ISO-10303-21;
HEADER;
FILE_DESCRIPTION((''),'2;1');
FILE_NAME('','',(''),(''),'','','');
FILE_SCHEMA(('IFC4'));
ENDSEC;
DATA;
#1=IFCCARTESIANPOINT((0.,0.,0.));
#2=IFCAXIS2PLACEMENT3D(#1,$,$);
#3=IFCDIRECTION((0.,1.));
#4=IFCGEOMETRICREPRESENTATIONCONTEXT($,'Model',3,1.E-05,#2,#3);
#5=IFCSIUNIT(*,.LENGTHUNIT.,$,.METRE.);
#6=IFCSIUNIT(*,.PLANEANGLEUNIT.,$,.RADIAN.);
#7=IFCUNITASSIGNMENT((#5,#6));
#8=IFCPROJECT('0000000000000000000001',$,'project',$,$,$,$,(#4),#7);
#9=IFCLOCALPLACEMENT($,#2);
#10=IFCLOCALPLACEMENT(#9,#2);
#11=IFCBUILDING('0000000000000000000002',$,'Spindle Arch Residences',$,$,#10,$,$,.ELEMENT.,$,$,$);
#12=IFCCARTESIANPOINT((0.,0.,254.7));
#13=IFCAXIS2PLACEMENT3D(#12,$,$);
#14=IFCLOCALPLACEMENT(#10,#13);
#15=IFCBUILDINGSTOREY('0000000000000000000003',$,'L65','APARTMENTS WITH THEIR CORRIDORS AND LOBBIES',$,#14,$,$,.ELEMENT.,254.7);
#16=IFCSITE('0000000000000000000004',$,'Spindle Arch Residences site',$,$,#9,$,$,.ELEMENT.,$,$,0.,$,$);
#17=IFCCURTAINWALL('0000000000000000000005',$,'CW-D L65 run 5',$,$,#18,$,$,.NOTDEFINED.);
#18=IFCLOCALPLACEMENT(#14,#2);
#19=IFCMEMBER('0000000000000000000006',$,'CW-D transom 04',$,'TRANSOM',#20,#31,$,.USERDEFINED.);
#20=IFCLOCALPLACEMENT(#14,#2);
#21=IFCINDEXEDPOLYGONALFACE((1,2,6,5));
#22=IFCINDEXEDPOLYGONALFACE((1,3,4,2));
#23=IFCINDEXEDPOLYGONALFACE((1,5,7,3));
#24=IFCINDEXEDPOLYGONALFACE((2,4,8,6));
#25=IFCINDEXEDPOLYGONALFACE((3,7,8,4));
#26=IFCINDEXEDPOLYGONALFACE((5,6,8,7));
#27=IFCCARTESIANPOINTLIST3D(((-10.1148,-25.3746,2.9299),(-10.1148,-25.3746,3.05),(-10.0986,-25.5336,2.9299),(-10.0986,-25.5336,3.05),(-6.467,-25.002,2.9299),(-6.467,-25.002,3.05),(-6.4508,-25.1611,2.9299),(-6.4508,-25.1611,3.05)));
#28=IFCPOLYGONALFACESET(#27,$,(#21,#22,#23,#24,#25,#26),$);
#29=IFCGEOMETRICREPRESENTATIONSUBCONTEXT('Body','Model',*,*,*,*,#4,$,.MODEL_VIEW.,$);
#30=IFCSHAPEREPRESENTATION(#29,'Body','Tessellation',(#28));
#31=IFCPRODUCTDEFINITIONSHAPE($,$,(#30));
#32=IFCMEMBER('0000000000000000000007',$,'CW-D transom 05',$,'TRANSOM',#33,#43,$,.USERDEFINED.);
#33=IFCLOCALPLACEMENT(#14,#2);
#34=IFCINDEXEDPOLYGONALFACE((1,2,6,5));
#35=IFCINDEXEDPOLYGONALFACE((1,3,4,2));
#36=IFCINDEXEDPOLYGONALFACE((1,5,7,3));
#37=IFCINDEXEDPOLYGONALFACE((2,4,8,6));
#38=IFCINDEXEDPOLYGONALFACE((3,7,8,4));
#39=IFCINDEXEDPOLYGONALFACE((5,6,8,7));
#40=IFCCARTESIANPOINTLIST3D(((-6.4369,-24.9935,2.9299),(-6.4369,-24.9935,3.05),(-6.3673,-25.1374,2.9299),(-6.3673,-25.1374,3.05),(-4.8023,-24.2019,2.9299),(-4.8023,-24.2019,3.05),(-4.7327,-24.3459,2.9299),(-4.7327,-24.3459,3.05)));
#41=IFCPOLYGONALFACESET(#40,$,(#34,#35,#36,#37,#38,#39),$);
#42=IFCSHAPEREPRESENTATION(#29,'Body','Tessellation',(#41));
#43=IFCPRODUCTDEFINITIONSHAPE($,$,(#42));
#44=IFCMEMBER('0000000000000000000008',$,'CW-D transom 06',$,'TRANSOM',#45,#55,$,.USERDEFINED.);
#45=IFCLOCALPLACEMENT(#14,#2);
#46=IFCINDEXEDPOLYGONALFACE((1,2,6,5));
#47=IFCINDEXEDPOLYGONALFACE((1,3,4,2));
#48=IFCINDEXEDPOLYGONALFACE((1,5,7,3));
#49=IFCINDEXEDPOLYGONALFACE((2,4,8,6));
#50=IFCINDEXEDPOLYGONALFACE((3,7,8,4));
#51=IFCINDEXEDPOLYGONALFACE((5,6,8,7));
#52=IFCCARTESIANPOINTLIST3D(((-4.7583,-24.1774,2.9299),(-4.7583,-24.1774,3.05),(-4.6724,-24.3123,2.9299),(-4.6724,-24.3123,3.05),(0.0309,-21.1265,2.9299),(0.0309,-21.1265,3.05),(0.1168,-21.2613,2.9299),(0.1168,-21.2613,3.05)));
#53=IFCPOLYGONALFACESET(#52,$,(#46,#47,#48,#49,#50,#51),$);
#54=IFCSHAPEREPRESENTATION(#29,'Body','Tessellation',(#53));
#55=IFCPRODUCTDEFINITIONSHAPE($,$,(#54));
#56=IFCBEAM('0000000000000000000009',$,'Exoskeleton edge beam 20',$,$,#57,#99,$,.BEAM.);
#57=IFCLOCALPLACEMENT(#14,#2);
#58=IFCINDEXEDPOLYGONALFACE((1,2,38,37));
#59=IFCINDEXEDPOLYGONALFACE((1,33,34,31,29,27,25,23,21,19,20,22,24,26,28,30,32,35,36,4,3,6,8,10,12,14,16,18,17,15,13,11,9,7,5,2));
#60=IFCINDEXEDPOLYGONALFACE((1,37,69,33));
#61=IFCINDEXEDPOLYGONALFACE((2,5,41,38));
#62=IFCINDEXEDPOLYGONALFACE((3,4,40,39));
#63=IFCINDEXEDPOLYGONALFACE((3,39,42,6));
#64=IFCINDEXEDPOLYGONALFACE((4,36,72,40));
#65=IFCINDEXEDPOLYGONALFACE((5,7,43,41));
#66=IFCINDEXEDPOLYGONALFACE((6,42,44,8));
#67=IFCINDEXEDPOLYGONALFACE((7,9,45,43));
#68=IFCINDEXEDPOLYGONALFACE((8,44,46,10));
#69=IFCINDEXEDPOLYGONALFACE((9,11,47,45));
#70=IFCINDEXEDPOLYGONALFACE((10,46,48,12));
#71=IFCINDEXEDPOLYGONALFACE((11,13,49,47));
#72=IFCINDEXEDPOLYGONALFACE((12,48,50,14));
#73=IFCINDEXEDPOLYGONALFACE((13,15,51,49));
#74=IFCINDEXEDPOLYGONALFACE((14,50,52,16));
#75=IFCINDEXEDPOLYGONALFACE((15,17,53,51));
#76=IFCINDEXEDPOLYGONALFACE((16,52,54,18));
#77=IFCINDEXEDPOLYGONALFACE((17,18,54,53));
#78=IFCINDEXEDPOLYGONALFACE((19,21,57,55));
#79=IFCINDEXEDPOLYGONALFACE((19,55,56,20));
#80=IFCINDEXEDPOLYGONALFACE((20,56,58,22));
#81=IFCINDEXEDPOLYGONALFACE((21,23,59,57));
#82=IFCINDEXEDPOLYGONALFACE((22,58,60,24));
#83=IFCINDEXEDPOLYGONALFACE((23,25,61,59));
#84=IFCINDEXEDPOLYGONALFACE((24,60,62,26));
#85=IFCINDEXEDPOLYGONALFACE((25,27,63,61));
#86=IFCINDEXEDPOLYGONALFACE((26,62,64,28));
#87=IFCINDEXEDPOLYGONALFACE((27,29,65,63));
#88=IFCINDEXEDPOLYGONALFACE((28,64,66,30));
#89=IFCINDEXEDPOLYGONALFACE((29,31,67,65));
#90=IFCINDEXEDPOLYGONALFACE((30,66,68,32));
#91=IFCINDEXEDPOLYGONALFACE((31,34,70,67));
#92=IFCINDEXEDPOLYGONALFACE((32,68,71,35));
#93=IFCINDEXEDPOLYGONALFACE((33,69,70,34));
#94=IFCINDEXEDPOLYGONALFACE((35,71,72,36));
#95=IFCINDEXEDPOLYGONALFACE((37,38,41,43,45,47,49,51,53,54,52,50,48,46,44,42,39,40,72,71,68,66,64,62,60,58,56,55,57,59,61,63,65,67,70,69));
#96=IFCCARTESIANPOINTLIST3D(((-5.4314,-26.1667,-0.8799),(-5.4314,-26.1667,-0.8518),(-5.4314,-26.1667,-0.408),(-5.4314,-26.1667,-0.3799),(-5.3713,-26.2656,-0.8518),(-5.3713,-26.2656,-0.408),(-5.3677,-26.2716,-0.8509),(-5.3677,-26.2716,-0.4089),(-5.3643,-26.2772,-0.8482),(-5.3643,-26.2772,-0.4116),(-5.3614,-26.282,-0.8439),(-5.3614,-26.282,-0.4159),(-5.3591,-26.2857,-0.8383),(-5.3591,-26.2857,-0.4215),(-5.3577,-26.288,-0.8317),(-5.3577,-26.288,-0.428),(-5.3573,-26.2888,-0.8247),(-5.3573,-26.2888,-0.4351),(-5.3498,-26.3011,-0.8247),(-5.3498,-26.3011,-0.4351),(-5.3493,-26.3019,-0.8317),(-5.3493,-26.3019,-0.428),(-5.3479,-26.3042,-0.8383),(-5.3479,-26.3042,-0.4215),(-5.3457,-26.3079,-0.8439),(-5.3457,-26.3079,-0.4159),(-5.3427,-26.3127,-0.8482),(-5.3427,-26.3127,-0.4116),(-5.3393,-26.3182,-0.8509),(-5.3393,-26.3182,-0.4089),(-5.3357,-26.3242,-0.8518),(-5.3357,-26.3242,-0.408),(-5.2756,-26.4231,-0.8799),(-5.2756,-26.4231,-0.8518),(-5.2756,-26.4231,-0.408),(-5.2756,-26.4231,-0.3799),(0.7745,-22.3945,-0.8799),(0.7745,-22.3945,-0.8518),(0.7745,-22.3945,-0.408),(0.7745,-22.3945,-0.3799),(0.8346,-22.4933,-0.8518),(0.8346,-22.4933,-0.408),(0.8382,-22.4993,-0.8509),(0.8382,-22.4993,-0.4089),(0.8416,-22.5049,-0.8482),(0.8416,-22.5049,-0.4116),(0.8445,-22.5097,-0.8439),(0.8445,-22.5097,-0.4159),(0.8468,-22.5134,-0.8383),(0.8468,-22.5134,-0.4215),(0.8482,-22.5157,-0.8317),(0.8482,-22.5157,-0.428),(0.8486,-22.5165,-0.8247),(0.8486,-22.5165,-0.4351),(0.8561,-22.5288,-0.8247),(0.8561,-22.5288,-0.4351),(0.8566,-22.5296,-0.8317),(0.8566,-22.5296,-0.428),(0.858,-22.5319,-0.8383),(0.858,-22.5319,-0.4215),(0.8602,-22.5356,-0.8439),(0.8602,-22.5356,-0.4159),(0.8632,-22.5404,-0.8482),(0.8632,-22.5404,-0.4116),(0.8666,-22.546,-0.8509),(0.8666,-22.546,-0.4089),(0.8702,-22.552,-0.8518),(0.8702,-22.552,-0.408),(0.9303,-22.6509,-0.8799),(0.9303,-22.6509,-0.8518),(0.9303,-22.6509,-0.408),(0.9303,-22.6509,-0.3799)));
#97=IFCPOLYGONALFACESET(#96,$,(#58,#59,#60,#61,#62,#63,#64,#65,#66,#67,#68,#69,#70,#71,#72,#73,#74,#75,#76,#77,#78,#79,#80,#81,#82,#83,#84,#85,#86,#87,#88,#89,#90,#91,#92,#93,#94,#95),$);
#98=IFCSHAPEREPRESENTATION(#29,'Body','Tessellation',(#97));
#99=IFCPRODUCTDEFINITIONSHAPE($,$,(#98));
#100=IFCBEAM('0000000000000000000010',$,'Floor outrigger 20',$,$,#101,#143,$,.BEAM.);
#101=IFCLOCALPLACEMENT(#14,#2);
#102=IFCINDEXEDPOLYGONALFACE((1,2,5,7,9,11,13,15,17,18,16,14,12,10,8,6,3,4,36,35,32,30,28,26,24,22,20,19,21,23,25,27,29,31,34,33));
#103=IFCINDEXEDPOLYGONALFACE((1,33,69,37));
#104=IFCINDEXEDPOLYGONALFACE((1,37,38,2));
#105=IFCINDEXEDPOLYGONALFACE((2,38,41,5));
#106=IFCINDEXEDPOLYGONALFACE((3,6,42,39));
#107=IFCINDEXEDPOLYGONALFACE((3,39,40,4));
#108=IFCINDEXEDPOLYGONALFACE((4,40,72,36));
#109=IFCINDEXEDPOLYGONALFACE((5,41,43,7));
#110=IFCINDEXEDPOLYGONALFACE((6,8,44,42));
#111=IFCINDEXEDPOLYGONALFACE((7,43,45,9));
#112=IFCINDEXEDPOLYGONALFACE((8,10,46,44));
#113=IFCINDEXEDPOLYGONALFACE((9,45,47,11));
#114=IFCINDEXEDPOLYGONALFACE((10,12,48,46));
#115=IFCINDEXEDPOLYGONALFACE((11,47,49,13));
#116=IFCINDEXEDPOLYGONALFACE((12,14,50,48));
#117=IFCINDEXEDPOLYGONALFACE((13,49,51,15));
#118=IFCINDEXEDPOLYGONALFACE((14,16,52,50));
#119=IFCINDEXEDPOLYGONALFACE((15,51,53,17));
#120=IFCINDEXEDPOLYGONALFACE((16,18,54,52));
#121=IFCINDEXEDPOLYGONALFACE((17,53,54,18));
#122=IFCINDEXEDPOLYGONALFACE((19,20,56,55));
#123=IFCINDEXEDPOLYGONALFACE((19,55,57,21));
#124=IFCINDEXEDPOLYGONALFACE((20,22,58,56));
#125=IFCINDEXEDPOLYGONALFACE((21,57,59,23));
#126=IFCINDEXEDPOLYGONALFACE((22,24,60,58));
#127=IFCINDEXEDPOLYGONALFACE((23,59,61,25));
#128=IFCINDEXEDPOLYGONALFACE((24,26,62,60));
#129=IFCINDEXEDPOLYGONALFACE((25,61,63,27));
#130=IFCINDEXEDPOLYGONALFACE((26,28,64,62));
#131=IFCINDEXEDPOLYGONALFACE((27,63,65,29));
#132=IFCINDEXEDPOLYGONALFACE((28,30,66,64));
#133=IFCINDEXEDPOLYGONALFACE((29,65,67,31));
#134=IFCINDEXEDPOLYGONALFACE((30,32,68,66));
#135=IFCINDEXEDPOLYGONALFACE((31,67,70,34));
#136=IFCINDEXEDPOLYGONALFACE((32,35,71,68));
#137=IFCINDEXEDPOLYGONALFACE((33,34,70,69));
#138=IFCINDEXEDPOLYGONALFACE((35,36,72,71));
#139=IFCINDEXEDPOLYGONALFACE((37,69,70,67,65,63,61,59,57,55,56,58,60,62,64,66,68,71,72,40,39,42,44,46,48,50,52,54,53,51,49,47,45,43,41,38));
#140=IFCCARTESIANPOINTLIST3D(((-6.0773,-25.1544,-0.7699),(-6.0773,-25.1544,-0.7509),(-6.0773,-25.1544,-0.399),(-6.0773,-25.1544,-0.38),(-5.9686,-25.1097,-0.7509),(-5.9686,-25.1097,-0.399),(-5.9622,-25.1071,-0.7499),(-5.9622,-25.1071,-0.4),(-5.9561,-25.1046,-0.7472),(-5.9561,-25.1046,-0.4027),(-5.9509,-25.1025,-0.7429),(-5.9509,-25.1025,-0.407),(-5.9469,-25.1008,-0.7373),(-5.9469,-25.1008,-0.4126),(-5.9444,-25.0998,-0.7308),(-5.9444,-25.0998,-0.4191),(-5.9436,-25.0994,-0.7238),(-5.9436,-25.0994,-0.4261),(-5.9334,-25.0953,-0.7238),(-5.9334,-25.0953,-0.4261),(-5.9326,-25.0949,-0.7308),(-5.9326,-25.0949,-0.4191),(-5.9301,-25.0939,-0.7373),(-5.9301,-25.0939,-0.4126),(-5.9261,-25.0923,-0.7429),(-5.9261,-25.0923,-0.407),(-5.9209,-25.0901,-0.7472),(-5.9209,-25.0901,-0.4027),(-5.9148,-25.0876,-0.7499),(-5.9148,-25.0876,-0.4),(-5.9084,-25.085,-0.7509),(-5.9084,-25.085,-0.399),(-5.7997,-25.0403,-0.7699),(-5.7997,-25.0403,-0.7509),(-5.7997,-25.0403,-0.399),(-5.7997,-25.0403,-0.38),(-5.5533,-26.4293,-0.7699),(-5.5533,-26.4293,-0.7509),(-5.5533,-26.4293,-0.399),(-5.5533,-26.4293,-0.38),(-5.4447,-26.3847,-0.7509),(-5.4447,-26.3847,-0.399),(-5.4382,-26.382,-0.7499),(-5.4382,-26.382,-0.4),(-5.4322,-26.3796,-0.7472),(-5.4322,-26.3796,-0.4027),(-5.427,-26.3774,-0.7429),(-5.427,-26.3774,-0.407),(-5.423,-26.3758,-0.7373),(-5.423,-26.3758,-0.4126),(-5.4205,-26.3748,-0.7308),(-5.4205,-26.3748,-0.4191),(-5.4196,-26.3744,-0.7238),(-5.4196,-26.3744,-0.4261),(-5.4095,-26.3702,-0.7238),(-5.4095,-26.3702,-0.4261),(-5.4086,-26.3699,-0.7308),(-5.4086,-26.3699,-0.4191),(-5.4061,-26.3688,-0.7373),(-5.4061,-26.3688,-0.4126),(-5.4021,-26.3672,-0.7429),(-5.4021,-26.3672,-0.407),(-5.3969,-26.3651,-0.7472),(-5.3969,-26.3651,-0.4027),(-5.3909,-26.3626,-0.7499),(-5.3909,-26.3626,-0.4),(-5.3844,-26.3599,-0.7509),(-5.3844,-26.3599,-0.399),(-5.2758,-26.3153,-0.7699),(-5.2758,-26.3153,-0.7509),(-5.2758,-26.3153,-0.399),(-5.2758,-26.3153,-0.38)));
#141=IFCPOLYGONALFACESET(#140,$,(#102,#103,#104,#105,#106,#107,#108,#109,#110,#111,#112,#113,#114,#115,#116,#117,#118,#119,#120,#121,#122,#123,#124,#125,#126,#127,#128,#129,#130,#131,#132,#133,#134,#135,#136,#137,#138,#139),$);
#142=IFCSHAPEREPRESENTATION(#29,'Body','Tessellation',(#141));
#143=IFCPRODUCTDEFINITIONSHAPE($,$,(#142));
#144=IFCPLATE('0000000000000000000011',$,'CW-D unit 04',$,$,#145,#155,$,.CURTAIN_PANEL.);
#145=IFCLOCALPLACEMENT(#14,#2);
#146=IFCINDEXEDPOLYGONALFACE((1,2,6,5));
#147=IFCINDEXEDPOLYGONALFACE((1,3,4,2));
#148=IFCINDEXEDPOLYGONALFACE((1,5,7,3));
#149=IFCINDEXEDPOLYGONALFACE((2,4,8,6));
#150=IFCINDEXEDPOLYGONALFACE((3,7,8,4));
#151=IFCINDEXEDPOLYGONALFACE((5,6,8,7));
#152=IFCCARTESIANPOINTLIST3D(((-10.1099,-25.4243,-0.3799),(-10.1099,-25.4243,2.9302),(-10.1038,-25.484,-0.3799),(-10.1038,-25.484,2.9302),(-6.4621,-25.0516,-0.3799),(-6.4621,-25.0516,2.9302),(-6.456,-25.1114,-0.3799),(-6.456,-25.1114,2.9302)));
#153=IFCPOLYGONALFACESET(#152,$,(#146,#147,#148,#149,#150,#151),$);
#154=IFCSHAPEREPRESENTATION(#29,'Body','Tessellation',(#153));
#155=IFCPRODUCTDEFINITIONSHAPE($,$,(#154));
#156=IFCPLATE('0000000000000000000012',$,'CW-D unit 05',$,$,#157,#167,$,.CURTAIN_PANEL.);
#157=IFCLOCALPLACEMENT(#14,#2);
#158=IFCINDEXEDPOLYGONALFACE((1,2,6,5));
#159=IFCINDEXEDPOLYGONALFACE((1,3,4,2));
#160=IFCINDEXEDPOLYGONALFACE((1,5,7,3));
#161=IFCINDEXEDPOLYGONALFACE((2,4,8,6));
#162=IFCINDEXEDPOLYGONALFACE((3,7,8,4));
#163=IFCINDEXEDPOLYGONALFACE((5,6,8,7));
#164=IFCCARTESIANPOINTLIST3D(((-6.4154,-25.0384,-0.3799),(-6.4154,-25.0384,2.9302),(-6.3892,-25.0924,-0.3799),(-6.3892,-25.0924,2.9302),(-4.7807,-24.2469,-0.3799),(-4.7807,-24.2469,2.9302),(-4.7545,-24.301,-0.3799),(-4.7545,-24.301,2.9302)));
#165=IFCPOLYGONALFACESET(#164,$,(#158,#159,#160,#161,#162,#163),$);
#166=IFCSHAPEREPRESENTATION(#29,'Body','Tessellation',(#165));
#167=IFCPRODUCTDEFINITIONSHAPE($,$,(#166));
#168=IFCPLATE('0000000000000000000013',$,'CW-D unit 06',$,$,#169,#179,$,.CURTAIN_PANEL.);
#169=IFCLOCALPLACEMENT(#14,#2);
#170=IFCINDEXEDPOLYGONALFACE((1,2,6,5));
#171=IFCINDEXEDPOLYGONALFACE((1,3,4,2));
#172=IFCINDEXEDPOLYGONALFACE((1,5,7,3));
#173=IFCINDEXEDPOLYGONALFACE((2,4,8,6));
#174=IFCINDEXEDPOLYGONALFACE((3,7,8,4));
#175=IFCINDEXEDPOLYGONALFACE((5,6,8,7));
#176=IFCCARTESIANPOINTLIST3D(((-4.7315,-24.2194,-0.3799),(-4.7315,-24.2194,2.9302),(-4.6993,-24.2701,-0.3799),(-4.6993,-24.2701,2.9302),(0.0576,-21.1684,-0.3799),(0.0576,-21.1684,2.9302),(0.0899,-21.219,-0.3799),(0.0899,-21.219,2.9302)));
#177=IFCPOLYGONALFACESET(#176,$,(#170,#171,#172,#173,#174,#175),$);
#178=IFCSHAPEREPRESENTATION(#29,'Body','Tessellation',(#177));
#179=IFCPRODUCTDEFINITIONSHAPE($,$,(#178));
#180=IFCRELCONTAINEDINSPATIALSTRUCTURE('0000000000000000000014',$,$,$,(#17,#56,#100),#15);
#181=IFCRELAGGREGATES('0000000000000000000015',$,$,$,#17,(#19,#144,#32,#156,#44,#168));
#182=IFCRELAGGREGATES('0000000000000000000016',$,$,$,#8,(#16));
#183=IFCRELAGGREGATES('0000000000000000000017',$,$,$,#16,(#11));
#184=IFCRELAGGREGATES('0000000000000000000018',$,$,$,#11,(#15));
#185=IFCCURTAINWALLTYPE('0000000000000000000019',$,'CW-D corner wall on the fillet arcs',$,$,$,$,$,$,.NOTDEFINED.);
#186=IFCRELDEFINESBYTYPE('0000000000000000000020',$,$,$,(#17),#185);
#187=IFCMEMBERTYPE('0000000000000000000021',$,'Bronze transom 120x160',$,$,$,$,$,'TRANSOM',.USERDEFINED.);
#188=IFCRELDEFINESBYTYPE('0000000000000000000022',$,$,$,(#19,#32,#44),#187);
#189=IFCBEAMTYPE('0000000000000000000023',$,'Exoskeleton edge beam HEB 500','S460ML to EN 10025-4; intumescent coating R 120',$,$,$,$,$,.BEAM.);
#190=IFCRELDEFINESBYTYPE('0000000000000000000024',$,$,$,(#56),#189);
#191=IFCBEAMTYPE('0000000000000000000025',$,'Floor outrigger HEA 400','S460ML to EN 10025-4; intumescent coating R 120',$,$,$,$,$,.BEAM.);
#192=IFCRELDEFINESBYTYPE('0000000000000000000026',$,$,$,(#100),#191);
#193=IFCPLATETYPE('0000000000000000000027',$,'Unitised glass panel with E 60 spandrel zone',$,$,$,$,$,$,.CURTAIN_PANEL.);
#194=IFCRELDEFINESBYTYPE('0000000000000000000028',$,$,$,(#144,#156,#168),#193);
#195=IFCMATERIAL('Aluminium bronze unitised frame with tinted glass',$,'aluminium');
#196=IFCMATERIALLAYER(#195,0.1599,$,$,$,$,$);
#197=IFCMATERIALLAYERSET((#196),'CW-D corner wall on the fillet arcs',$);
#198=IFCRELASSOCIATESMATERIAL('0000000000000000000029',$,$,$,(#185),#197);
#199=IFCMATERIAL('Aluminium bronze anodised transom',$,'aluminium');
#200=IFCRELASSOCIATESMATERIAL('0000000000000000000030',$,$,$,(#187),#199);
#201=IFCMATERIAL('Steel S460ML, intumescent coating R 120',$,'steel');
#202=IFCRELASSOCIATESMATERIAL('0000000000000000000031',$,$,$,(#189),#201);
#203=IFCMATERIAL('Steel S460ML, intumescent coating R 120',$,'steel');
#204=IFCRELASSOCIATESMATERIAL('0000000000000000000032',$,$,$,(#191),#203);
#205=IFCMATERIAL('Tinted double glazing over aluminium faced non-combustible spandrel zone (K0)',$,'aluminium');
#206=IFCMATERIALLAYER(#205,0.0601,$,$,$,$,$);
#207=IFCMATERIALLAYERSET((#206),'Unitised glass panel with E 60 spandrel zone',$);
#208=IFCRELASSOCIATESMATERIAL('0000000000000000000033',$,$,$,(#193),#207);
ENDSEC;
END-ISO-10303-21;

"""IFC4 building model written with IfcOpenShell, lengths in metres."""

from ifc_helpers import new_model, si_unit, direction, frame, origin, origin_2d, place, context, subcontext, project, spatial, rectangle, i_section, extrude, material, layer, layer_set, material_profile, profile_set, type_object, element, aggregate, save


model = new_model("IFC4")

# Units and contexts
model_context = context("Model", 3, precision=1e-05, world=origin(), true_north=direction((0.0, 1.0)))
body_context = subcontext(model_context, "Body", "Model", "MODEL_VIEW")
ifc_project = project(units=[si_unit("LENGTHUNIT", "METRE"), si_unit("PLANEANGLEUNIT", "RADIAN")], contexts=[model_context])

# Site, building, storey
site_placement = place(None, origin())
site = spatial("IfcSite", under=ifc_project, at=site_placement, Name="Spindle Arch Residences site", CompositionType="ELEMENT", RefElevation=0.0)
building_placement = place(site_placement, origin())
building = spatial("IfcBuilding", under=site, at=building_placement, Name="Spindle Arch Residences", CompositionType="ELEMENT")
storey_placement = place(building_placement, frame((0.0, 0.0, 254.7)))
storey = spatial("IfcBuildingStorey", under=building, at=storey_placement, Name="L65", Description="APARTMENTS WITH THEIR CORRIDORS AND LOBBIES", CompositionType="ELEMENT", Elevation=254.7)

# Curtain wall, members
ifc_material_1 = material(Name="Aluminium bronze unitised frame with tinted glass", Category="aluminium")
ifc_layer_1 = layer(ifc_material_1, 0.1599)
ifc_layer_set_1 = layer_set([ifc_layer_1], Name="CW-D corner wall on the fillet arcs")
curtain_wall_type = type_object("IfcCurtainWallType", Name="CW-D corner wall on the fillet arcs", PredefinedType="NOTDEFINED", material=ifc_layer_set_1)
curtain_wall_placement = place(storey_placement, origin())
curtain_wall = element("IfcCurtainWall", 1, at=curtain_wall_placement, inside=storey, type_object=curtain_wall_type, Name="CW-D L65 run 5", PredefinedType="NOTDEFINED")
ifc_material_2 = material(Name="Aluminium bronze anodised transom", Category="aluminium")
ifc_material_profile_1 = material_profile(ifc_material_2, rectangle(XDim=0.1599, YDim=0.1201, at=origin_2d()), Name="TR 120x160")
ifc_profile_set_1 = profile_set([ifc_material_profile_1], Name="Aluminium bronze anodised transom")
member_type_1 = type_object("IfcMemberType", Name="Bronze transom 120x160", ElementType="TRANSOM", PredefinedType="USERDEFINED", material=ifc_profile_set_1)
member_1_placement = place(storey_placement, frame((-10.1067, -25.4541, 2.99), z_axis=(0.994825, 0.101606, 0.0), x_axis=(-0.101606, 0.994825, 0.0)))
member_1 = element("IfcMember", 2, at=member_1_placement, type_object=member_type_1, Name="CW-D transom 04", ObjectType="TRANSOM", PredefinedType="USERDEFINED", context=body_context, shape_type="SweptSolid", body=[
    extrude(rectangle(XDim=0.1599, YDim=0.1201, at=origin_2d()), origin(), (0.0, 0.0, 1.0), 3.6667),
])
member_2_placement = place(storey_placement, frame((-6.4021, -25.0654, 2.99), z_axis=(0.900028, 0.435831, 0.0), x_axis=(-0.435831, 0.900028, 0.0)))
member_2 = element("IfcMember", 3, at=member_2_placement, type_object=member_type_1, Name="CW-D transom 05", ObjectType="TRANSOM", PredefinedType="USERDEFINED", context=body_context, shape_type="SweptSolid", body=[
    extrude(rectangle(XDim=0.1599, YDim=0.1201, at=origin_2d()), origin(), (0.0, 0.0, 1.0), 1.8162),
])
member_3_placement = place(storey_placement, frame((-4.7153, -24.2449, 2.99), z_axis=(0.843399, 0.537287, 0.0), x_axis=(-0.537287, 0.843399, 0.0)))
member_3 = element("IfcMember", 4, at=member_3_placement, type_object=member_type_1, Name="CW-D transom 06", ObjectType="TRANSOM", PredefinedType="USERDEFINED", context=body_context, shape_type="SweptSolid", body=[
    extrude(rectangle(XDim=0.1599, YDim=0.1201, at=origin_2d()), origin(), (0.0, 0.0, 1.0), 5.6785),
])

# Beams
ifc_material_3 = material(Name="Steel S460ML, intumescent coating R 120", Category="steel")
ifc_material_profile_2 = material_profile(ifc_material_3, i_section(OverallWidth=0.3, OverallDepth=0.5, WebThickness=0.0144, FlangeThickness=0.0281, FilletRadius=0.0271, at=origin_2d()), Name="HEB 500")
ifc_profile_set_2 = profile_set([ifc_material_profile_2], Name="Steel S460ML, intumescent coating R 120")
beam_type_1 = type_object("IfcBeamType", Name="Exoskeleton edge beam HEB 500", Description="S460ML to EN 10025-4; intumescent coating R 120", PredefinedType="BEAM", material=ifc_profile_set_2)
beam_1_placement = place(storey_placement, frame((-5.3535, -26.2949, -0.6299), z_axis=(0.854518, 0.519421, 0.0), x_axis=(-0.519421, 0.854518, 0.0)))
element("IfcBeam", 5, at=beam_1_placement, inside=storey, type_object=beam_type_1, Name="Exoskeleton edge beam 20", PredefinedType="BEAM", context=body_context, shape_type="SweptSolid", body=[
    extrude(i_section(OverallWidth=0.3, OverallDepth=0.5, WebThickness=0.0144, FlangeThickness=0.0281, FilletRadius=0.0271, at=origin_2d()), origin(), (0.0, 0.0, 1.0), 7.2625),
])
ifc_material_4 = material(Name="Steel S460ML, intumescent coating R 120", Category="steel")
ifc_material_profile_3 = material_profile(ifc_material_4, i_section(OverallWidth=0.3, OverallDepth=0.3899, WebThickness=0.011, FlangeThickness=0.019, FilletRadius=0.0271, at=origin_2d()), Name="HEA 400")
ifc_profile_set_3 = profile_set([ifc_material_profile_3], Name="Steel S460ML, intumescent coating R 120")
beam_type_2 = type_object("IfcBeamType", Name="Floor outrigger HEA 400", Description="S460ML to EN 10025-4; intumescent coating R 120", PredefinedType="BEAM", material=ifc_profile_set_3)
beam_2_placement = place(storey_placement, frame((-5.4146, -26.3723, -0.575), z_axis=(-0.380108, 0.924942, 0.0), x_axis=(-0.924942, -0.380108, 0.0)))
element("IfcBeam", 6, at=beam_2_placement, inside=storey, type_object=beam_type_2, Name="Floor outrigger 20", PredefinedType="BEAM", context=body_context, shape_type="SweptSolid", body=[
    extrude(i_section(OverallWidth=0.3, OverallDepth=0.3899, WebThickness=0.011, FlangeThickness=0.019, FilletRadius=0.0271, at=origin_2d()), origin(), (0.0, 0.0, 1.0), 1.3784),
])

# Plates
ifc_material_5 = material(Name="Tinted double glazing over aluminium faced non-combustible spandrel zone (K0)", Category="aluminium")
ifc_layer_2 = layer(ifc_material_5, 0.0601)
ifc_layer_set_2 = layer_set([ifc_layer_2], Name="Unitised glass panel with E 60 spandrel zone")
plate_type = type_object("IfcPlateType", Name="Unitised glass panel with E 60 spandrel zone", PredefinedType="CURTAIN_PANEL", material=ifc_layer_set_2)
plate_1_placement = place(storey_placement, frame((-8.283, -25.2678, -0.3799), z_axis=(0.0, 0.0, 1.0), x_axis=(0.994822, 0.101635, 0.0)))
plate_1 = element("IfcPlate", 7, at=plate_1_placement, type_object=plate_type, Name="CW-D unit 04", PredefinedType="CURTAIN_PANEL", context=body_context, shape_type="SweptSolid", body=[
    extrude(rectangle(XDim=3.6667, YDim=0.0601, at=origin_2d()), origin(), (0.0, 0.0, 1.0), 3.3101),
])
plate_2_placement = place(storey_placement, frame((-5.585, -24.6697, -0.3799), z_axis=(0.0, 0.0, 1.0), x_axis=(0.900065, 0.435755, 0.0)))
plate_2 = element("IfcPlate", 8, at=plate_2_placement, type_object=plate_type, Name="CW-D unit 05", PredefinedType="CURTAIN_PANEL", context=body_context, shape_type="SweptSolid", body=[
    extrude(rectangle(XDim=1.8162, YDim=0.0601, at=origin_2d()), origin(), (0.0, 0.0, 1.0), 3.3101),
])
plate_3_placement = place(storey_placement, frame((-2.3208, -22.7192, -0.3799), z_axis=(0.0, 0.0, 1.0), x_axis=(0.843391, 0.5373, 0.0)))
plate_3 = element("IfcPlate", 9, at=plate_3_placement, type_object=plate_type, Name="CW-D unit 06", PredefinedType="CURTAIN_PANEL", context=body_context, shape_type="SweptSolid", body=[
    extrude(rectangle(XDim=5.6785, YDim=0.0601, at=origin_2d()), origin(), (0.0, 0.0, 1.0), 3.3101),
])
aggregate(curtain_wall, [member_1, plate_1, member_2, plate_2, member_3, plate_3])

save(model, "model.ifc")
